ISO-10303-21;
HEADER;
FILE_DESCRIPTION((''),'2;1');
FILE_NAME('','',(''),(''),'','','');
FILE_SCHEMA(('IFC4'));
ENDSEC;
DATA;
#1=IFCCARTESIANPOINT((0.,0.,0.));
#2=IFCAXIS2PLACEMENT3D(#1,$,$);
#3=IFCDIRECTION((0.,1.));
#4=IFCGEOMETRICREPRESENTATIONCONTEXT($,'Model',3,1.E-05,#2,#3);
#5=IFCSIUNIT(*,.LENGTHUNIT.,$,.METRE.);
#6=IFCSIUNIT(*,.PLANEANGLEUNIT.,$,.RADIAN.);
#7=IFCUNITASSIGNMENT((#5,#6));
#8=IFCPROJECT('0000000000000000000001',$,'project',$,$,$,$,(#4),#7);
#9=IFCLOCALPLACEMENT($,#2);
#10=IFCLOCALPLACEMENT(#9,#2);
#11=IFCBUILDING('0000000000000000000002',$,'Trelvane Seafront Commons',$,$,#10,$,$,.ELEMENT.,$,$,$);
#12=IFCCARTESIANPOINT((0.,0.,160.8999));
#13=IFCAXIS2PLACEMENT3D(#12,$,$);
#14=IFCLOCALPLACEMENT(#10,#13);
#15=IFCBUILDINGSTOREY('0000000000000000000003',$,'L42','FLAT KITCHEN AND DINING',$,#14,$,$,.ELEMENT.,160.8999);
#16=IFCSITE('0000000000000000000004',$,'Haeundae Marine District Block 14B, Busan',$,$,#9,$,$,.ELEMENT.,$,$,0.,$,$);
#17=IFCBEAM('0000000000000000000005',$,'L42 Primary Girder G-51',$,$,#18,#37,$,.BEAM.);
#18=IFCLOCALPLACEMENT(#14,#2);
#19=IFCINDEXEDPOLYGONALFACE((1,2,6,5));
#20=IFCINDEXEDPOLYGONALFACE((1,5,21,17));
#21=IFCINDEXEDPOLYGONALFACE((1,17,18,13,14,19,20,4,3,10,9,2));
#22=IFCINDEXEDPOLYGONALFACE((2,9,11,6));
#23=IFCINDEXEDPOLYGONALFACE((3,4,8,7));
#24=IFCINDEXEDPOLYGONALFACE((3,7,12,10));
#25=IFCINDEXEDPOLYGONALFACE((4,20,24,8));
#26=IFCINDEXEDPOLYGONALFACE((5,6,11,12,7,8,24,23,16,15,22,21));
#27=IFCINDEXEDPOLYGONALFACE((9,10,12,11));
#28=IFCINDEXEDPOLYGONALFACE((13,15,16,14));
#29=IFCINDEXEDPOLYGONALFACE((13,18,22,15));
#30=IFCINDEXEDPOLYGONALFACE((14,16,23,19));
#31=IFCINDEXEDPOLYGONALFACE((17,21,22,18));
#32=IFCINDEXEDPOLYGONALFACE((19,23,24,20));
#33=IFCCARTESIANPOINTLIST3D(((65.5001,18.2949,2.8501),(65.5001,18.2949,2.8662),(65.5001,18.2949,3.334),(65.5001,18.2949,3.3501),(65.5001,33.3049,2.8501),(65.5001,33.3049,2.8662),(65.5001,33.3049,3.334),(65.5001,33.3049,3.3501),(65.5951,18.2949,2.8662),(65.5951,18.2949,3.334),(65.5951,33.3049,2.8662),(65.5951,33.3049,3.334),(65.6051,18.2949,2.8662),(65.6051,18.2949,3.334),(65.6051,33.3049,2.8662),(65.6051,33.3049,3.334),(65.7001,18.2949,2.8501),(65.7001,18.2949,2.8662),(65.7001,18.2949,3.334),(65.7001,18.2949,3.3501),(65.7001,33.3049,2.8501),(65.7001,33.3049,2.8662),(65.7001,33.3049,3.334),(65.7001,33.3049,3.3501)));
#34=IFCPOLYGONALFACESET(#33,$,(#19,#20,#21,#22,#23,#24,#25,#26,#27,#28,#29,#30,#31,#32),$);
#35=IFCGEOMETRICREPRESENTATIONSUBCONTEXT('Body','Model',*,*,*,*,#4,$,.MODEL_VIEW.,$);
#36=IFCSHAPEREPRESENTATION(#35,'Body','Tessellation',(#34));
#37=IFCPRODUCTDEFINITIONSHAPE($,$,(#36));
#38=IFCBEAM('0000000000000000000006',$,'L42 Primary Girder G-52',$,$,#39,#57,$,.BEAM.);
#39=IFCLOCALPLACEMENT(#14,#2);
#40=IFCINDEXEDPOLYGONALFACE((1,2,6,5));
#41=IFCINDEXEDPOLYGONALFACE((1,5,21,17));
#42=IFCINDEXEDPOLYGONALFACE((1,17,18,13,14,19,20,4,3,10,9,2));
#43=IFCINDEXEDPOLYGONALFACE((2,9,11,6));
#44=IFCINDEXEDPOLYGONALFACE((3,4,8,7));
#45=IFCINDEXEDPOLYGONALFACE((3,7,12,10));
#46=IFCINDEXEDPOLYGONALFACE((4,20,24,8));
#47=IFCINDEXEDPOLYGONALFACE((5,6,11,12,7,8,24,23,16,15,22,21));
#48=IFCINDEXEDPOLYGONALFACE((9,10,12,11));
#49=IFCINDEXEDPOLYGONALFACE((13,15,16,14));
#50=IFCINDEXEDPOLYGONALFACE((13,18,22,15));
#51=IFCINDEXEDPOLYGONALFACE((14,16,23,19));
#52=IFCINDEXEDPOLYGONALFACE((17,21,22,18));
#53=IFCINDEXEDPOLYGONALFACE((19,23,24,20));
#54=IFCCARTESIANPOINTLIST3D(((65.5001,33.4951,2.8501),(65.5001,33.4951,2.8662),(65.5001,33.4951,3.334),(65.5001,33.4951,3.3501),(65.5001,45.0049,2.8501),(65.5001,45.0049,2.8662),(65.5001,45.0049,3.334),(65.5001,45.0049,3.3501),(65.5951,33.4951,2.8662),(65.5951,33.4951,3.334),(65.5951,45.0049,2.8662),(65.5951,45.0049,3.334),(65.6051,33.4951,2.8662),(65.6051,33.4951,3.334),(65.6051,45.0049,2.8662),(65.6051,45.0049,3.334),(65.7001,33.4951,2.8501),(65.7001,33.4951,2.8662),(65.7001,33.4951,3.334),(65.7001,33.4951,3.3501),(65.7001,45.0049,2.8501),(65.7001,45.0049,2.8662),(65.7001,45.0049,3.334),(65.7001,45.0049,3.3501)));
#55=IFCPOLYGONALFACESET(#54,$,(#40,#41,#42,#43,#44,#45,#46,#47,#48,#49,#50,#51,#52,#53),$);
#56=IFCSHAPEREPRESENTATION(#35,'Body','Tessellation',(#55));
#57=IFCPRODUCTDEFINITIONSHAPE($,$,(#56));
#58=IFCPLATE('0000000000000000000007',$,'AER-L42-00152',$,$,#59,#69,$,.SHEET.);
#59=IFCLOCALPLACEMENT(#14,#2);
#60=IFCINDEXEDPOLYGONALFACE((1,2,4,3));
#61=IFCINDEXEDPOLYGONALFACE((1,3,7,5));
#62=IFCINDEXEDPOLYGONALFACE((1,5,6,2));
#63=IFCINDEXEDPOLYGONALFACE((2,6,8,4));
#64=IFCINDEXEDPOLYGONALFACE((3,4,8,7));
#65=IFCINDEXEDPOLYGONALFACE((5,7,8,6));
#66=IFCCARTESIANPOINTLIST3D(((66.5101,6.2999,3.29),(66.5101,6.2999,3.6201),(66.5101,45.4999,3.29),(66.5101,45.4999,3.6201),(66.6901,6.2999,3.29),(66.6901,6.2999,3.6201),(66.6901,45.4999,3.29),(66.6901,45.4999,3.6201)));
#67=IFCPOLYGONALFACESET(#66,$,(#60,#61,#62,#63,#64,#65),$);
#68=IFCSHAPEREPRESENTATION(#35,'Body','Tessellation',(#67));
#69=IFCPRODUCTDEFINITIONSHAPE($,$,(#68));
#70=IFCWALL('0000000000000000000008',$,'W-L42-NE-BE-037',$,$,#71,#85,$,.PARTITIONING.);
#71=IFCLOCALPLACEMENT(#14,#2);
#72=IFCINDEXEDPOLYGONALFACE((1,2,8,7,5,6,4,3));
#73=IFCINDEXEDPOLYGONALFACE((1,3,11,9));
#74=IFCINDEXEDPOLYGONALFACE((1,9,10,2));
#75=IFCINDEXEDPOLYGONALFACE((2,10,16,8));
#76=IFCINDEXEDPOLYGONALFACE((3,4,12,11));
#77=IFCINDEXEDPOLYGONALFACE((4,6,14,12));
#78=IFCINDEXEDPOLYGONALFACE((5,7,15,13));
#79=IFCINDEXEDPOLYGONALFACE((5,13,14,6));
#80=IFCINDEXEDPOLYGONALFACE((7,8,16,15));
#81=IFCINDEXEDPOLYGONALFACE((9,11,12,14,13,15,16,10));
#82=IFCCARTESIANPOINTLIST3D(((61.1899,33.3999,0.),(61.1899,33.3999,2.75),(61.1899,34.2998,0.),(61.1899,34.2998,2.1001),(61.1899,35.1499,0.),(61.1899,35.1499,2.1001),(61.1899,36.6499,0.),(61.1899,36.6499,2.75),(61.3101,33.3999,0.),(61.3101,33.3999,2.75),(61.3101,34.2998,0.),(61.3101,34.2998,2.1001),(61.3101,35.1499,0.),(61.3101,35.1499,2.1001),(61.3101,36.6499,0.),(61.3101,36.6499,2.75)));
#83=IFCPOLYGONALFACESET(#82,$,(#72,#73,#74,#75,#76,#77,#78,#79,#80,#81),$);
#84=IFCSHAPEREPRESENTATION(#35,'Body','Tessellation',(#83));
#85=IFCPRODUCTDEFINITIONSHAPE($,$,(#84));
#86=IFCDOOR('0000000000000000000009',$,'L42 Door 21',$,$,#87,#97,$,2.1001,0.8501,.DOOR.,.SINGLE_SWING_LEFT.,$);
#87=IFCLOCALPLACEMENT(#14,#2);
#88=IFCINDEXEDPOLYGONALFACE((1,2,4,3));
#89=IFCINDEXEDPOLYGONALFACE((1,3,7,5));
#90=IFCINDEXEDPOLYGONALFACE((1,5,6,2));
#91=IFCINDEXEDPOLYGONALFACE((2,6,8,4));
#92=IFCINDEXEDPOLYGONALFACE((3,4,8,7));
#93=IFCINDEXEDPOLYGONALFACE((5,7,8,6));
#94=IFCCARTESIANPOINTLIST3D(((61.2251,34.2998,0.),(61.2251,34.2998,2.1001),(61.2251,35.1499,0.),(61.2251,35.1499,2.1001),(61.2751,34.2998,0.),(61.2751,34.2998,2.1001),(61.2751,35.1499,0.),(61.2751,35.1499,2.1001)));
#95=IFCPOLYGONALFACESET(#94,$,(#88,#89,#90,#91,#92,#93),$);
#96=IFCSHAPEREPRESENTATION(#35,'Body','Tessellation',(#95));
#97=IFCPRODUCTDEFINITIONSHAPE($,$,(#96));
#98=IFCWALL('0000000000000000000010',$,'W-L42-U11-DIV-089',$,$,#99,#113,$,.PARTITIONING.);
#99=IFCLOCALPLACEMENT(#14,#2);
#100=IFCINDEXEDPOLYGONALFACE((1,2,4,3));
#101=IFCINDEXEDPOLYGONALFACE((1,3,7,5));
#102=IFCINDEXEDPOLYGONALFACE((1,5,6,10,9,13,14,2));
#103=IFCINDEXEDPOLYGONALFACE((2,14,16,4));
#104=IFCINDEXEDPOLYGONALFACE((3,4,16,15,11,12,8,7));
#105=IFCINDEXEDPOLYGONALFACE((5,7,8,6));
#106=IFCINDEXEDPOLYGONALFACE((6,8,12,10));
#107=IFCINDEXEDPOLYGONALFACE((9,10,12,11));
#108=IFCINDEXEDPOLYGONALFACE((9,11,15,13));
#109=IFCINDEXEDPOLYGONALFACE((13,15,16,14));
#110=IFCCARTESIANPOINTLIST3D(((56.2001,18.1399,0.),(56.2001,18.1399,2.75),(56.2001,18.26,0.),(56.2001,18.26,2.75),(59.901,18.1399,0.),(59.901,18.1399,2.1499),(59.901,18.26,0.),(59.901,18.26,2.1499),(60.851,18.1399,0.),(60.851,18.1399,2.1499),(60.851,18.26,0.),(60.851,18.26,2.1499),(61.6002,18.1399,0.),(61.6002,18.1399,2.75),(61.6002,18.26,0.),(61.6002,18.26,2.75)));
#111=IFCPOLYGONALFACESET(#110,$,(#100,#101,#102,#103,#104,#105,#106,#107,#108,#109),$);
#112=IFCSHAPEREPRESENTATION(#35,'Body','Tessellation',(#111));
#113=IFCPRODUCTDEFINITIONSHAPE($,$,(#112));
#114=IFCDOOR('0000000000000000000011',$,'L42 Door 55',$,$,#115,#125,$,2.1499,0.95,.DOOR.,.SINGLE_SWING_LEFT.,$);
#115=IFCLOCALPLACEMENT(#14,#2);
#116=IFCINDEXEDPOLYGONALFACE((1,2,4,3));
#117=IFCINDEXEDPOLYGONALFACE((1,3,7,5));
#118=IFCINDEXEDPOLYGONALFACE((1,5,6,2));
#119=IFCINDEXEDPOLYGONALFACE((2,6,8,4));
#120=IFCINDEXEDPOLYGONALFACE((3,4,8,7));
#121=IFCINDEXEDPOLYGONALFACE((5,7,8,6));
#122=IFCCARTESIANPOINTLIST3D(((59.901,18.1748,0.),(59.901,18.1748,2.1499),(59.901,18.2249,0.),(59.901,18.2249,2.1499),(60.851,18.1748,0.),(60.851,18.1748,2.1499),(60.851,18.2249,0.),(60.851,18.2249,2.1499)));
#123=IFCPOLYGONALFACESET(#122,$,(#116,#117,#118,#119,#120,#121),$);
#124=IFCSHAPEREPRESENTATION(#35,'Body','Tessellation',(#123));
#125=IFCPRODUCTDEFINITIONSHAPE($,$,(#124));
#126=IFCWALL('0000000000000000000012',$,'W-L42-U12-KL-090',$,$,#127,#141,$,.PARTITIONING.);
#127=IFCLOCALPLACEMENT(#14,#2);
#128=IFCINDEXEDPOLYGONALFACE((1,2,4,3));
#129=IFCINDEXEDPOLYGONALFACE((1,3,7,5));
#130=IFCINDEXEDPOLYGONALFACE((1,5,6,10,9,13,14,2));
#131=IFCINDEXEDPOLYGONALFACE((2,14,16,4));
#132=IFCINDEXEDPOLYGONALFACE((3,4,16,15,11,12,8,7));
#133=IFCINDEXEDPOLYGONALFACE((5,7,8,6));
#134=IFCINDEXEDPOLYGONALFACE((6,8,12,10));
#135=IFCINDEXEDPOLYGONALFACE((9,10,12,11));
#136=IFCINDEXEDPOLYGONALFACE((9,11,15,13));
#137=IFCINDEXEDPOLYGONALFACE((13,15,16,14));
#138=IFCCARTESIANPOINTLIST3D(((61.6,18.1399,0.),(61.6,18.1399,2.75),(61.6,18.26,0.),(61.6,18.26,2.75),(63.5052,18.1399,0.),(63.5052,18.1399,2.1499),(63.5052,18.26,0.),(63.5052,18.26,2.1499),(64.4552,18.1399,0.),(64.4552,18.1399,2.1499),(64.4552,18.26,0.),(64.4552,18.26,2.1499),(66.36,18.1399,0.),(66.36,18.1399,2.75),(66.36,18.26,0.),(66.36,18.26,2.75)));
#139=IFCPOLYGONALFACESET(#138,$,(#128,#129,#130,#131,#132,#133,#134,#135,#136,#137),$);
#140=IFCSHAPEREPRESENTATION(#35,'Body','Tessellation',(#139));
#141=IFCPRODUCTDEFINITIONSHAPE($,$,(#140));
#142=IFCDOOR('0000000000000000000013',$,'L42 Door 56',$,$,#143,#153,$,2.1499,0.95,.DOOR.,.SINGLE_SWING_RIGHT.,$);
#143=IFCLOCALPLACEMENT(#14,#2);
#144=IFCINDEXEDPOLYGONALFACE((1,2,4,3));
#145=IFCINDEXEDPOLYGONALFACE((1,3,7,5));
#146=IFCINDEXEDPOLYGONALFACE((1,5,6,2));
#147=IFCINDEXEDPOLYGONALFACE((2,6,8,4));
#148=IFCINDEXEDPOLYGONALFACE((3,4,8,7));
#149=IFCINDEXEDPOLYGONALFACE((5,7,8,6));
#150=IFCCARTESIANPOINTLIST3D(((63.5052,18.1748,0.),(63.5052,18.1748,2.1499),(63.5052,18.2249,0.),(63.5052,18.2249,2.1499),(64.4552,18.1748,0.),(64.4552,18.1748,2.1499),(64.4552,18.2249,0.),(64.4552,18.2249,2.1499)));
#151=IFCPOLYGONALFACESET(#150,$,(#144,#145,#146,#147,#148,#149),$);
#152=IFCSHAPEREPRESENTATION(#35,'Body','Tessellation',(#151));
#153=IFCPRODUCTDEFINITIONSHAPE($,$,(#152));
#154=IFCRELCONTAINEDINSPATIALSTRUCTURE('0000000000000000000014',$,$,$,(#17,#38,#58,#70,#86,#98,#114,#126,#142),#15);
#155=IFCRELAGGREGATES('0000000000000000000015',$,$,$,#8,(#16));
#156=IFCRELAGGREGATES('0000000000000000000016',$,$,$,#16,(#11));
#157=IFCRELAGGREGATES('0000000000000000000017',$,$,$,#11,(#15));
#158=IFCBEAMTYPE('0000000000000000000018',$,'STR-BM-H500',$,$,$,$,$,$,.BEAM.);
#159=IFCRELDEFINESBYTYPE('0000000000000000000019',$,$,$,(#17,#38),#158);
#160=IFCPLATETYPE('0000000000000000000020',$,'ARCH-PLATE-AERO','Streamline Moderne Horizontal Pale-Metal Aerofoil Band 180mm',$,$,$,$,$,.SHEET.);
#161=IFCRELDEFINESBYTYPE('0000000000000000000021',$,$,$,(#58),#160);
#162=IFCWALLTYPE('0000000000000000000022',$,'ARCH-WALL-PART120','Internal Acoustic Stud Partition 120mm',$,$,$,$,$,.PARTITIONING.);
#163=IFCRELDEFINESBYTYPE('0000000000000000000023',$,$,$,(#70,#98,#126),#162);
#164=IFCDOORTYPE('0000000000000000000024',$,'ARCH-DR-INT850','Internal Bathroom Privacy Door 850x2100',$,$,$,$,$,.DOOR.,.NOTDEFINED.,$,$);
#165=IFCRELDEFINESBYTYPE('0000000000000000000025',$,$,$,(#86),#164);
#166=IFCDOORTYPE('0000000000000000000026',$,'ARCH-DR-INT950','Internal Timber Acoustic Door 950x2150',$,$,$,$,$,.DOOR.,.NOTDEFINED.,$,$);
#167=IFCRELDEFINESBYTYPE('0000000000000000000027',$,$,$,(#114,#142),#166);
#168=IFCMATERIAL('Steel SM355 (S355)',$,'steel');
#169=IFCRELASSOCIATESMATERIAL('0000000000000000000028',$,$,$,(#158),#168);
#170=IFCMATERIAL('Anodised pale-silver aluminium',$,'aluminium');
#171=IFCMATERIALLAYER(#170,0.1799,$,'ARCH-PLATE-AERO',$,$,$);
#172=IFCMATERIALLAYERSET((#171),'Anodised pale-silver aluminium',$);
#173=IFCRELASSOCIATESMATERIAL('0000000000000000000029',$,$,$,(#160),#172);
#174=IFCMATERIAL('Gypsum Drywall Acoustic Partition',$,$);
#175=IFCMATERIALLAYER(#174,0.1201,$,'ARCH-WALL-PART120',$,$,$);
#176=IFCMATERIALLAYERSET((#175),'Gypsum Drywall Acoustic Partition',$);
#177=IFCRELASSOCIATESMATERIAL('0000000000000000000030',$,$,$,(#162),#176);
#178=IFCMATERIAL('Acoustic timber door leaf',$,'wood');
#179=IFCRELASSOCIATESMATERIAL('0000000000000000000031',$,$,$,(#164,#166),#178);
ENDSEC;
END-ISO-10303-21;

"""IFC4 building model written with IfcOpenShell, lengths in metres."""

from ifc_helpers import new_model, si_unit, direction, frame, frame_2d, origin, origin_2d, place, context, subcontext, project, spatial, rectangle, i_section, extrude, source, transform, mapped, material, layer, layer_set, material_profile, profile_set, type_object, element, fill, save


model = new_model("IFC4")

# Units and contexts
model_context = context("Model", 3, precision=1e-05, world=origin(), true_north=direction((0.0, 1.0)))
body_context = subcontext(model_context, "Body", "Model", "MODEL_VIEW")
ifc_project = project(units=[si_unit("LENGTHUNIT", "METRE"), si_unit("PLANEANGLEUNIT", "RADIAN")], contexts=[model_context])

# Site, building, storey
site_placement = place(None, origin())
site = spatial("IfcSite", under=ifc_project, at=site_placement, Name="Haeundae Marine District Block 14B, Busan", CompositionType="ELEMENT", RefElevation=0.0)
building_placement = place(site_placement, origin())
building = spatial("IfcBuilding", under=site, at=building_placement, Name="Trelvane Seafront Commons", CompositionType="ELEMENT")
storey_placement = place(building_placement, frame((0.0, 0.0, 160.8999)))
storey = spatial("IfcBuildingStorey", under=building, at=storey_placement, Name="L42", Description="FLAT KITCHEN AND DINING", CompositionType="ELEMENT", Elevation=160.8999)

# Shared definitions
ifc_material_1 = material(Name="Steel SM355 (S355)", Category="steel")

# Beams
ifc_material_profile_1 = material_profile(ifc_material_1, i_section(OverallWidth=0.2, OverallDepth=0.5, WebThickness=0.01, FlangeThickness=0.0161, at=origin_2d()), Name="H-500x200x10x16")
ifc_profile_set_1 = profile_set([ifc_material_profile_1], Name="Steel SM355 (S355)")
beam_type_1 = type_object("IfcBeamType", Name="STR-BM-H500", PredefinedType="BEAM", material=ifc_profile_set_1)
shared_shape_1 = source(origin(), body_context, "Body", "SweptSolid", [
    extrude(i_section(OverallWidth=0.2, OverallDepth=0.5, WebThickness=0.01, FlangeThickness=0.0161, at=origin_2d()), origin(), (0.0, 0.0, 1.0), 15.01),
])
beam_1_placement = place(storey_placement, frame((65.6001, 18.2949, 3.1001), z_axis=(0.0, 1.0, 0.0), x_axis=(-1.0, 0.0, 0.0)))
element("IfcBeam", 1, at=beam_1_placement, inside=storey, type_object=beam_type_1, Name="L42 Primary Girder G-51", PredefinedType="BEAM", context=body_context, shape_type="MappedRepresentation", body=[
    mapped(shared_shape_1, transform((0.0, 0.0, 0.0), x_axis=(1.0, 0.0, 0.0), y_axis=(0.0, 1.0, 0.0), z_axis=(0.0, 0.0, 1.0), scale=1.0)),
])
shared_shape_2 = source(origin(), body_context, "Body", "SweptSolid", [
    extrude(i_section(OverallWidth=0.2, OverallDepth=0.5, WebThickness=0.01, FlangeThickness=0.0161, at=origin_2d()), origin(), (0.0, 0.0, 1.0), 11.5098),
])
beam_2_placement = place(storey_placement, frame((65.6001, 33.4951, 3.1001), z_axis=(0.0, 1.0, 0.0), x_axis=(-1.0, 0.0, 0.0)))
element("IfcBeam", 2, at=beam_2_placement, inside=storey, type_object=beam_type_1, Name="L42 Primary Girder G-52", PredefinedType="BEAM", context=body_context, shape_type="MappedRepresentation", body=[
    mapped(shared_shape_2, transform((0.0, 0.0, 0.0), x_axis=(1.0, 0.0, 0.0), y_axis=(0.0, 1.0, 0.0), z_axis=(0.0, 0.0, 1.0), scale=1.0)),
])

# Plate
ifc_material_2 = material(Name="Anodised pale-silver aluminium", Category="aluminium")
ifc_layer_1 = layer(ifc_material_2, 0.1799, Name="ARCH-PLATE-AERO")
ifc_layer_set_1 = layer_set([ifc_layer_1], Name="Anodised pale-silver aluminium")
plate_type = type_object("IfcPlateType", Name="ARCH-PLATE-AERO", Description="Streamline Moderne Horizontal Pale-Metal Aerofoil Band 180mm", PredefinedType="SHEET", material=ifc_layer_set_1)
shared_shape_3 = source(origin(), body_context, "Body", "SweptSolid", [
    extrude(rectangle(XDim=39.2, YDim=0.1799, at=origin_2d()), origin(), (0.0, 0.0, 1.0), 0.3301),
])
plate_placement = place(storey_placement, frame((66.6001, 25.8999, 3.29), z_axis=(0.0, 0.0, 1.0), x_axis=(0.0, -1.0, 0.0)))
element("IfcPlate", 3, at=plate_placement, inside=storey, type_object=plate_type, Name="AER-L42-00152", PredefinedType="SHEET", context=body_context, shape_type="MappedRepresentation", body=[
    mapped(shared_shape_3, transform((0.0, 0.0, 0.0), x_axis=(1.0, 0.0, 0.0), y_axis=(0.0, 1.0, 0.0), z_axis=(0.0, 0.0, 1.0), scale=1.0)),
])

# Walls, openings, doors
ifc_material_3 = material(Name="Gypsum Drywall Acoustic Partition")
ifc_layer_2 = layer(ifc_material_3, 0.1201, Name="ARCH-WALL-PART120")
ifc_layer_set_2 = layer_set([ifc_layer_2], Name="Gypsum Drywall Acoustic Partition")
wall_type_1 = type_object("IfcWallType", Name="ARCH-WALL-PART120", Description="Internal Acoustic Stud Partition 120mm", PredefinedType="PARTITIONING", material=ifc_layer_set_2)
wall_1_placement = place(storey_placement, frame((61.25, 33.3999, 0.0), z_axis=(0.0, 0.0, 1.0), x_axis=(0.0, 1.0, 0.0)))
wall_1 = element("IfcWall", 4, at=wall_1_placement, inside=storey, type_object=wall_type_1, Name="W-L42-NE-BE-037", PredefinedType="PARTITIONING", context=body_context, shape_type="SweptSolid", body=[
    extrude(rectangle(XDim=3.25, YDim=0.1201, at=frame_2d((1.625, 0.0))), origin(), (0.0, 0.0, 1.0), 2.75),
])
opening_1_placement = place(wall_1_placement, frame((0.8999, 0.0, 0.0)))
opening_1 = element("IfcOpeningElement", 5, at=opening_1_placement, cuts=wall_1, PredefinedType="OPENING", context=body_context, shape_type="SweptSolid", body=[
    extrude(rectangle(XDim=0.8501, YDim=2.1001, at=frame_2d((0.425, 1.05))), frame((0.0, 0.0701, 0.0), z_axis=(0.0, -1.0, 0.0), x_axis=(1.0, 0.0, 0.0)), (0.0, 0.0, 1.0), 0.1401),
])
ifc_material_4 = material(Name="Acoustic timber door leaf", Category="wood")
door_type_1 = type_object("IfcDoorType", Name="ARCH-DR-INT850", Description="Internal Bathroom Privacy Door 850x2100", OperationType="NOTDEFINED", PredefinedType="DOOR", material=ifc_material_4)
shared_shape_4 = source(origin(), body_context, "Body", "SweptSolid", [
    extrude(rectangle(XDim=0.8501, YDim=2.1001, at=frame_2d((0.425, 1.05))), frame((0.0, 0.0249, 0.0), z_axis=(0.0, -1.0, 0.0), x_axis=(1.0, 0.0, 0.0)), (0.0, 0.0, 1.0), 0.05),
])
door_1_placement = place(opening_1_placement, origin())
door_1 = element("IfcDoor", 6, at=door_1_placement, inside=storey, type_object=door_type_1, Name="L42 Door 21", OperationType="SINGLE_SWING_LEFT", OverallHeight=2.1001, OverallWidth=0.8501, PredefinedType="DOOR", context=body_context, shape_type="MappedRepresentation", body=[
    mapped(shared_shape_4, transform((0.0, 0.0, 0.0), x_axis=(1.0, 0.0, 0.0), y_axis=(0.0, 1.0, 0.0), z_axis=(0.0, 0.0, 1.0), scale=1.0)),
])
fill(opening_1, door_1)
wall_2_placement = place(storey_placement, frame((56.2, 18.2, 0.0), z_axis=(0.0, 0.0, 1.0), x_axis=(1.0, 0.0, 0.0)))
wall_2 = element("IfcWall", 7, at=wall_2_placement, inside=storey, type_object=wall_type_1, Name="W-L42-U11-DIV-089", PredefinedType="PARTITIONING", context=body_context, shape_type="SweptSolid", body=[
    extrude(rectangle(XDim=5.4001, YDim=0.1201, at=frame_2d((2.7002, 0.0))), origin(), (0.0, 0.0, 1.0), 2.75),
])
opening_2_placement = place(wall_2_placement, frame((3.7009, 0.0, 0.0)))
opening_2 = element("IfcOpeningElement", 8, at=opening_2_placement, cuts=wall_2, PredefinedType="OPENING", context=body_context, shape_type="SweptSolid", body=[
    extrude(rectangle(XDim=0.95, YDim=2.1499, at=frame_2d((0.4751, 1.075))), frame((0.0, 0.0701, 0.0), z_axis=(0.0, -1.0, 0.0), x_axis=(1.0, 0.0, 0.0)), (0.0, 0.0, 1.0), 0.1401),
])
door_type_2 = type_object("IfcDoorType", Name="ARCH-DR-INT950", Description="Internal Timber Acoustic Door 950x2150", OperationType="NOTDEFINED", PredefinedType="DOOR", material=ifc_material_4)
shared_shape_5 = source(origin(), body_context, "Body", "SweptSolid", [
    extrude(rectangle(XDim=0.95, YDim=2.1499, at=frame_2d((0.4751, 1.075))), frame((0.0, 0.0249, 0.0), z_axis=(0.0, -1.0, 0.0), x_axis=(1.0, 0.0, 0.0)), (0.0, 0.0, 1.0), 0.05),
])
door_2_placement = place(opening_2_placement, origin())
door_2 = element("IfcDoor", 9, at=door_2_placement, inside=storey, type_object=door_type_2, Name="L42 Door 55", OperationType="SINGLE_SWING_LEFT", OverallHeight=2.1499, OverallWidth=0.95, PredefinedType="DOOR", context=body_context, shape_type="MappedRepresentation", body=[
    mapped(shared_shape_5, transform((0.0, 0.0, 0.0), x_axis=(1.0, 0.0, 0.0), y_axis=(0.0, 1.0, 0.0), z_axis=(0.0, 0.0, 1.0), scale=1.0)),
])
fill(opening_2, door_2)
wall_3_placement = place(storey_placement, frame((61.6001, 18.2, 0.0), z_axis=(0.0, 0.0, 1.0), x_axis=(1.0, 0.0, 0.0)))
wall_3 = element("IfcWall", 10, at=wall_3_placement, inside=storey, type_object=wall_type_1, Name="W-L42-U12-KL-090", PredefinedType="PARTITIONING", context=body_context, shape_type="SweptSolid", body=[
    extrude(rectangle(XDim=4.76, YDim=0.1201, at=frame_2d((2.3799, 0.0))), origin(), (0.0, 0.0, 1.0), 2.75),
])
opening_3_placement = place(wall_3_placement, frame((1.905, 0.0, 0.0)))
opening_3 = element("IfcOpeningElement", 11, at=opening_3_placement, cuts=wall_3, PredefinedType="OPENING", context=body_context, shape_type="SweptSolid", body=[
    extrude(rectangle(XDim=0.95, YDim=2.1499, at=frame_2d((0.4751, 1.075))), frame((0.0, 0.0701, 0.0), z_axis=(0.0, -1.0, 0.0), x_axis=(1.0, 0.0, 0.0)), (0.0, 0.0, 1.0), 0.1401),
])
door_3_placement = place(opening_3_placement, origin())
door_3 = element("IfcDoor", 12, at=door_3_placement, inside=storey, type_object=door_type_2, Name="L42 Door 56", OperationType="SINGLE_SWING_RIGHT", OverallHeight=2.1499, OverallWidth=0.95, PredefinedType="DOOR", context=body_context, shape_type="MappedRepresentation", body=[
    mapped(shared_shape_5, transform((0.0, 0.0, 0.0), x_axis=(1.0, 0.0, 0.0), y_axis=(0.0, 1.0, 0.0), z_axis=(0.0, 0.0, 1.0), scale=1.0)),
])
fill(opening_3, door_3)

save(model, "model.ifc")
